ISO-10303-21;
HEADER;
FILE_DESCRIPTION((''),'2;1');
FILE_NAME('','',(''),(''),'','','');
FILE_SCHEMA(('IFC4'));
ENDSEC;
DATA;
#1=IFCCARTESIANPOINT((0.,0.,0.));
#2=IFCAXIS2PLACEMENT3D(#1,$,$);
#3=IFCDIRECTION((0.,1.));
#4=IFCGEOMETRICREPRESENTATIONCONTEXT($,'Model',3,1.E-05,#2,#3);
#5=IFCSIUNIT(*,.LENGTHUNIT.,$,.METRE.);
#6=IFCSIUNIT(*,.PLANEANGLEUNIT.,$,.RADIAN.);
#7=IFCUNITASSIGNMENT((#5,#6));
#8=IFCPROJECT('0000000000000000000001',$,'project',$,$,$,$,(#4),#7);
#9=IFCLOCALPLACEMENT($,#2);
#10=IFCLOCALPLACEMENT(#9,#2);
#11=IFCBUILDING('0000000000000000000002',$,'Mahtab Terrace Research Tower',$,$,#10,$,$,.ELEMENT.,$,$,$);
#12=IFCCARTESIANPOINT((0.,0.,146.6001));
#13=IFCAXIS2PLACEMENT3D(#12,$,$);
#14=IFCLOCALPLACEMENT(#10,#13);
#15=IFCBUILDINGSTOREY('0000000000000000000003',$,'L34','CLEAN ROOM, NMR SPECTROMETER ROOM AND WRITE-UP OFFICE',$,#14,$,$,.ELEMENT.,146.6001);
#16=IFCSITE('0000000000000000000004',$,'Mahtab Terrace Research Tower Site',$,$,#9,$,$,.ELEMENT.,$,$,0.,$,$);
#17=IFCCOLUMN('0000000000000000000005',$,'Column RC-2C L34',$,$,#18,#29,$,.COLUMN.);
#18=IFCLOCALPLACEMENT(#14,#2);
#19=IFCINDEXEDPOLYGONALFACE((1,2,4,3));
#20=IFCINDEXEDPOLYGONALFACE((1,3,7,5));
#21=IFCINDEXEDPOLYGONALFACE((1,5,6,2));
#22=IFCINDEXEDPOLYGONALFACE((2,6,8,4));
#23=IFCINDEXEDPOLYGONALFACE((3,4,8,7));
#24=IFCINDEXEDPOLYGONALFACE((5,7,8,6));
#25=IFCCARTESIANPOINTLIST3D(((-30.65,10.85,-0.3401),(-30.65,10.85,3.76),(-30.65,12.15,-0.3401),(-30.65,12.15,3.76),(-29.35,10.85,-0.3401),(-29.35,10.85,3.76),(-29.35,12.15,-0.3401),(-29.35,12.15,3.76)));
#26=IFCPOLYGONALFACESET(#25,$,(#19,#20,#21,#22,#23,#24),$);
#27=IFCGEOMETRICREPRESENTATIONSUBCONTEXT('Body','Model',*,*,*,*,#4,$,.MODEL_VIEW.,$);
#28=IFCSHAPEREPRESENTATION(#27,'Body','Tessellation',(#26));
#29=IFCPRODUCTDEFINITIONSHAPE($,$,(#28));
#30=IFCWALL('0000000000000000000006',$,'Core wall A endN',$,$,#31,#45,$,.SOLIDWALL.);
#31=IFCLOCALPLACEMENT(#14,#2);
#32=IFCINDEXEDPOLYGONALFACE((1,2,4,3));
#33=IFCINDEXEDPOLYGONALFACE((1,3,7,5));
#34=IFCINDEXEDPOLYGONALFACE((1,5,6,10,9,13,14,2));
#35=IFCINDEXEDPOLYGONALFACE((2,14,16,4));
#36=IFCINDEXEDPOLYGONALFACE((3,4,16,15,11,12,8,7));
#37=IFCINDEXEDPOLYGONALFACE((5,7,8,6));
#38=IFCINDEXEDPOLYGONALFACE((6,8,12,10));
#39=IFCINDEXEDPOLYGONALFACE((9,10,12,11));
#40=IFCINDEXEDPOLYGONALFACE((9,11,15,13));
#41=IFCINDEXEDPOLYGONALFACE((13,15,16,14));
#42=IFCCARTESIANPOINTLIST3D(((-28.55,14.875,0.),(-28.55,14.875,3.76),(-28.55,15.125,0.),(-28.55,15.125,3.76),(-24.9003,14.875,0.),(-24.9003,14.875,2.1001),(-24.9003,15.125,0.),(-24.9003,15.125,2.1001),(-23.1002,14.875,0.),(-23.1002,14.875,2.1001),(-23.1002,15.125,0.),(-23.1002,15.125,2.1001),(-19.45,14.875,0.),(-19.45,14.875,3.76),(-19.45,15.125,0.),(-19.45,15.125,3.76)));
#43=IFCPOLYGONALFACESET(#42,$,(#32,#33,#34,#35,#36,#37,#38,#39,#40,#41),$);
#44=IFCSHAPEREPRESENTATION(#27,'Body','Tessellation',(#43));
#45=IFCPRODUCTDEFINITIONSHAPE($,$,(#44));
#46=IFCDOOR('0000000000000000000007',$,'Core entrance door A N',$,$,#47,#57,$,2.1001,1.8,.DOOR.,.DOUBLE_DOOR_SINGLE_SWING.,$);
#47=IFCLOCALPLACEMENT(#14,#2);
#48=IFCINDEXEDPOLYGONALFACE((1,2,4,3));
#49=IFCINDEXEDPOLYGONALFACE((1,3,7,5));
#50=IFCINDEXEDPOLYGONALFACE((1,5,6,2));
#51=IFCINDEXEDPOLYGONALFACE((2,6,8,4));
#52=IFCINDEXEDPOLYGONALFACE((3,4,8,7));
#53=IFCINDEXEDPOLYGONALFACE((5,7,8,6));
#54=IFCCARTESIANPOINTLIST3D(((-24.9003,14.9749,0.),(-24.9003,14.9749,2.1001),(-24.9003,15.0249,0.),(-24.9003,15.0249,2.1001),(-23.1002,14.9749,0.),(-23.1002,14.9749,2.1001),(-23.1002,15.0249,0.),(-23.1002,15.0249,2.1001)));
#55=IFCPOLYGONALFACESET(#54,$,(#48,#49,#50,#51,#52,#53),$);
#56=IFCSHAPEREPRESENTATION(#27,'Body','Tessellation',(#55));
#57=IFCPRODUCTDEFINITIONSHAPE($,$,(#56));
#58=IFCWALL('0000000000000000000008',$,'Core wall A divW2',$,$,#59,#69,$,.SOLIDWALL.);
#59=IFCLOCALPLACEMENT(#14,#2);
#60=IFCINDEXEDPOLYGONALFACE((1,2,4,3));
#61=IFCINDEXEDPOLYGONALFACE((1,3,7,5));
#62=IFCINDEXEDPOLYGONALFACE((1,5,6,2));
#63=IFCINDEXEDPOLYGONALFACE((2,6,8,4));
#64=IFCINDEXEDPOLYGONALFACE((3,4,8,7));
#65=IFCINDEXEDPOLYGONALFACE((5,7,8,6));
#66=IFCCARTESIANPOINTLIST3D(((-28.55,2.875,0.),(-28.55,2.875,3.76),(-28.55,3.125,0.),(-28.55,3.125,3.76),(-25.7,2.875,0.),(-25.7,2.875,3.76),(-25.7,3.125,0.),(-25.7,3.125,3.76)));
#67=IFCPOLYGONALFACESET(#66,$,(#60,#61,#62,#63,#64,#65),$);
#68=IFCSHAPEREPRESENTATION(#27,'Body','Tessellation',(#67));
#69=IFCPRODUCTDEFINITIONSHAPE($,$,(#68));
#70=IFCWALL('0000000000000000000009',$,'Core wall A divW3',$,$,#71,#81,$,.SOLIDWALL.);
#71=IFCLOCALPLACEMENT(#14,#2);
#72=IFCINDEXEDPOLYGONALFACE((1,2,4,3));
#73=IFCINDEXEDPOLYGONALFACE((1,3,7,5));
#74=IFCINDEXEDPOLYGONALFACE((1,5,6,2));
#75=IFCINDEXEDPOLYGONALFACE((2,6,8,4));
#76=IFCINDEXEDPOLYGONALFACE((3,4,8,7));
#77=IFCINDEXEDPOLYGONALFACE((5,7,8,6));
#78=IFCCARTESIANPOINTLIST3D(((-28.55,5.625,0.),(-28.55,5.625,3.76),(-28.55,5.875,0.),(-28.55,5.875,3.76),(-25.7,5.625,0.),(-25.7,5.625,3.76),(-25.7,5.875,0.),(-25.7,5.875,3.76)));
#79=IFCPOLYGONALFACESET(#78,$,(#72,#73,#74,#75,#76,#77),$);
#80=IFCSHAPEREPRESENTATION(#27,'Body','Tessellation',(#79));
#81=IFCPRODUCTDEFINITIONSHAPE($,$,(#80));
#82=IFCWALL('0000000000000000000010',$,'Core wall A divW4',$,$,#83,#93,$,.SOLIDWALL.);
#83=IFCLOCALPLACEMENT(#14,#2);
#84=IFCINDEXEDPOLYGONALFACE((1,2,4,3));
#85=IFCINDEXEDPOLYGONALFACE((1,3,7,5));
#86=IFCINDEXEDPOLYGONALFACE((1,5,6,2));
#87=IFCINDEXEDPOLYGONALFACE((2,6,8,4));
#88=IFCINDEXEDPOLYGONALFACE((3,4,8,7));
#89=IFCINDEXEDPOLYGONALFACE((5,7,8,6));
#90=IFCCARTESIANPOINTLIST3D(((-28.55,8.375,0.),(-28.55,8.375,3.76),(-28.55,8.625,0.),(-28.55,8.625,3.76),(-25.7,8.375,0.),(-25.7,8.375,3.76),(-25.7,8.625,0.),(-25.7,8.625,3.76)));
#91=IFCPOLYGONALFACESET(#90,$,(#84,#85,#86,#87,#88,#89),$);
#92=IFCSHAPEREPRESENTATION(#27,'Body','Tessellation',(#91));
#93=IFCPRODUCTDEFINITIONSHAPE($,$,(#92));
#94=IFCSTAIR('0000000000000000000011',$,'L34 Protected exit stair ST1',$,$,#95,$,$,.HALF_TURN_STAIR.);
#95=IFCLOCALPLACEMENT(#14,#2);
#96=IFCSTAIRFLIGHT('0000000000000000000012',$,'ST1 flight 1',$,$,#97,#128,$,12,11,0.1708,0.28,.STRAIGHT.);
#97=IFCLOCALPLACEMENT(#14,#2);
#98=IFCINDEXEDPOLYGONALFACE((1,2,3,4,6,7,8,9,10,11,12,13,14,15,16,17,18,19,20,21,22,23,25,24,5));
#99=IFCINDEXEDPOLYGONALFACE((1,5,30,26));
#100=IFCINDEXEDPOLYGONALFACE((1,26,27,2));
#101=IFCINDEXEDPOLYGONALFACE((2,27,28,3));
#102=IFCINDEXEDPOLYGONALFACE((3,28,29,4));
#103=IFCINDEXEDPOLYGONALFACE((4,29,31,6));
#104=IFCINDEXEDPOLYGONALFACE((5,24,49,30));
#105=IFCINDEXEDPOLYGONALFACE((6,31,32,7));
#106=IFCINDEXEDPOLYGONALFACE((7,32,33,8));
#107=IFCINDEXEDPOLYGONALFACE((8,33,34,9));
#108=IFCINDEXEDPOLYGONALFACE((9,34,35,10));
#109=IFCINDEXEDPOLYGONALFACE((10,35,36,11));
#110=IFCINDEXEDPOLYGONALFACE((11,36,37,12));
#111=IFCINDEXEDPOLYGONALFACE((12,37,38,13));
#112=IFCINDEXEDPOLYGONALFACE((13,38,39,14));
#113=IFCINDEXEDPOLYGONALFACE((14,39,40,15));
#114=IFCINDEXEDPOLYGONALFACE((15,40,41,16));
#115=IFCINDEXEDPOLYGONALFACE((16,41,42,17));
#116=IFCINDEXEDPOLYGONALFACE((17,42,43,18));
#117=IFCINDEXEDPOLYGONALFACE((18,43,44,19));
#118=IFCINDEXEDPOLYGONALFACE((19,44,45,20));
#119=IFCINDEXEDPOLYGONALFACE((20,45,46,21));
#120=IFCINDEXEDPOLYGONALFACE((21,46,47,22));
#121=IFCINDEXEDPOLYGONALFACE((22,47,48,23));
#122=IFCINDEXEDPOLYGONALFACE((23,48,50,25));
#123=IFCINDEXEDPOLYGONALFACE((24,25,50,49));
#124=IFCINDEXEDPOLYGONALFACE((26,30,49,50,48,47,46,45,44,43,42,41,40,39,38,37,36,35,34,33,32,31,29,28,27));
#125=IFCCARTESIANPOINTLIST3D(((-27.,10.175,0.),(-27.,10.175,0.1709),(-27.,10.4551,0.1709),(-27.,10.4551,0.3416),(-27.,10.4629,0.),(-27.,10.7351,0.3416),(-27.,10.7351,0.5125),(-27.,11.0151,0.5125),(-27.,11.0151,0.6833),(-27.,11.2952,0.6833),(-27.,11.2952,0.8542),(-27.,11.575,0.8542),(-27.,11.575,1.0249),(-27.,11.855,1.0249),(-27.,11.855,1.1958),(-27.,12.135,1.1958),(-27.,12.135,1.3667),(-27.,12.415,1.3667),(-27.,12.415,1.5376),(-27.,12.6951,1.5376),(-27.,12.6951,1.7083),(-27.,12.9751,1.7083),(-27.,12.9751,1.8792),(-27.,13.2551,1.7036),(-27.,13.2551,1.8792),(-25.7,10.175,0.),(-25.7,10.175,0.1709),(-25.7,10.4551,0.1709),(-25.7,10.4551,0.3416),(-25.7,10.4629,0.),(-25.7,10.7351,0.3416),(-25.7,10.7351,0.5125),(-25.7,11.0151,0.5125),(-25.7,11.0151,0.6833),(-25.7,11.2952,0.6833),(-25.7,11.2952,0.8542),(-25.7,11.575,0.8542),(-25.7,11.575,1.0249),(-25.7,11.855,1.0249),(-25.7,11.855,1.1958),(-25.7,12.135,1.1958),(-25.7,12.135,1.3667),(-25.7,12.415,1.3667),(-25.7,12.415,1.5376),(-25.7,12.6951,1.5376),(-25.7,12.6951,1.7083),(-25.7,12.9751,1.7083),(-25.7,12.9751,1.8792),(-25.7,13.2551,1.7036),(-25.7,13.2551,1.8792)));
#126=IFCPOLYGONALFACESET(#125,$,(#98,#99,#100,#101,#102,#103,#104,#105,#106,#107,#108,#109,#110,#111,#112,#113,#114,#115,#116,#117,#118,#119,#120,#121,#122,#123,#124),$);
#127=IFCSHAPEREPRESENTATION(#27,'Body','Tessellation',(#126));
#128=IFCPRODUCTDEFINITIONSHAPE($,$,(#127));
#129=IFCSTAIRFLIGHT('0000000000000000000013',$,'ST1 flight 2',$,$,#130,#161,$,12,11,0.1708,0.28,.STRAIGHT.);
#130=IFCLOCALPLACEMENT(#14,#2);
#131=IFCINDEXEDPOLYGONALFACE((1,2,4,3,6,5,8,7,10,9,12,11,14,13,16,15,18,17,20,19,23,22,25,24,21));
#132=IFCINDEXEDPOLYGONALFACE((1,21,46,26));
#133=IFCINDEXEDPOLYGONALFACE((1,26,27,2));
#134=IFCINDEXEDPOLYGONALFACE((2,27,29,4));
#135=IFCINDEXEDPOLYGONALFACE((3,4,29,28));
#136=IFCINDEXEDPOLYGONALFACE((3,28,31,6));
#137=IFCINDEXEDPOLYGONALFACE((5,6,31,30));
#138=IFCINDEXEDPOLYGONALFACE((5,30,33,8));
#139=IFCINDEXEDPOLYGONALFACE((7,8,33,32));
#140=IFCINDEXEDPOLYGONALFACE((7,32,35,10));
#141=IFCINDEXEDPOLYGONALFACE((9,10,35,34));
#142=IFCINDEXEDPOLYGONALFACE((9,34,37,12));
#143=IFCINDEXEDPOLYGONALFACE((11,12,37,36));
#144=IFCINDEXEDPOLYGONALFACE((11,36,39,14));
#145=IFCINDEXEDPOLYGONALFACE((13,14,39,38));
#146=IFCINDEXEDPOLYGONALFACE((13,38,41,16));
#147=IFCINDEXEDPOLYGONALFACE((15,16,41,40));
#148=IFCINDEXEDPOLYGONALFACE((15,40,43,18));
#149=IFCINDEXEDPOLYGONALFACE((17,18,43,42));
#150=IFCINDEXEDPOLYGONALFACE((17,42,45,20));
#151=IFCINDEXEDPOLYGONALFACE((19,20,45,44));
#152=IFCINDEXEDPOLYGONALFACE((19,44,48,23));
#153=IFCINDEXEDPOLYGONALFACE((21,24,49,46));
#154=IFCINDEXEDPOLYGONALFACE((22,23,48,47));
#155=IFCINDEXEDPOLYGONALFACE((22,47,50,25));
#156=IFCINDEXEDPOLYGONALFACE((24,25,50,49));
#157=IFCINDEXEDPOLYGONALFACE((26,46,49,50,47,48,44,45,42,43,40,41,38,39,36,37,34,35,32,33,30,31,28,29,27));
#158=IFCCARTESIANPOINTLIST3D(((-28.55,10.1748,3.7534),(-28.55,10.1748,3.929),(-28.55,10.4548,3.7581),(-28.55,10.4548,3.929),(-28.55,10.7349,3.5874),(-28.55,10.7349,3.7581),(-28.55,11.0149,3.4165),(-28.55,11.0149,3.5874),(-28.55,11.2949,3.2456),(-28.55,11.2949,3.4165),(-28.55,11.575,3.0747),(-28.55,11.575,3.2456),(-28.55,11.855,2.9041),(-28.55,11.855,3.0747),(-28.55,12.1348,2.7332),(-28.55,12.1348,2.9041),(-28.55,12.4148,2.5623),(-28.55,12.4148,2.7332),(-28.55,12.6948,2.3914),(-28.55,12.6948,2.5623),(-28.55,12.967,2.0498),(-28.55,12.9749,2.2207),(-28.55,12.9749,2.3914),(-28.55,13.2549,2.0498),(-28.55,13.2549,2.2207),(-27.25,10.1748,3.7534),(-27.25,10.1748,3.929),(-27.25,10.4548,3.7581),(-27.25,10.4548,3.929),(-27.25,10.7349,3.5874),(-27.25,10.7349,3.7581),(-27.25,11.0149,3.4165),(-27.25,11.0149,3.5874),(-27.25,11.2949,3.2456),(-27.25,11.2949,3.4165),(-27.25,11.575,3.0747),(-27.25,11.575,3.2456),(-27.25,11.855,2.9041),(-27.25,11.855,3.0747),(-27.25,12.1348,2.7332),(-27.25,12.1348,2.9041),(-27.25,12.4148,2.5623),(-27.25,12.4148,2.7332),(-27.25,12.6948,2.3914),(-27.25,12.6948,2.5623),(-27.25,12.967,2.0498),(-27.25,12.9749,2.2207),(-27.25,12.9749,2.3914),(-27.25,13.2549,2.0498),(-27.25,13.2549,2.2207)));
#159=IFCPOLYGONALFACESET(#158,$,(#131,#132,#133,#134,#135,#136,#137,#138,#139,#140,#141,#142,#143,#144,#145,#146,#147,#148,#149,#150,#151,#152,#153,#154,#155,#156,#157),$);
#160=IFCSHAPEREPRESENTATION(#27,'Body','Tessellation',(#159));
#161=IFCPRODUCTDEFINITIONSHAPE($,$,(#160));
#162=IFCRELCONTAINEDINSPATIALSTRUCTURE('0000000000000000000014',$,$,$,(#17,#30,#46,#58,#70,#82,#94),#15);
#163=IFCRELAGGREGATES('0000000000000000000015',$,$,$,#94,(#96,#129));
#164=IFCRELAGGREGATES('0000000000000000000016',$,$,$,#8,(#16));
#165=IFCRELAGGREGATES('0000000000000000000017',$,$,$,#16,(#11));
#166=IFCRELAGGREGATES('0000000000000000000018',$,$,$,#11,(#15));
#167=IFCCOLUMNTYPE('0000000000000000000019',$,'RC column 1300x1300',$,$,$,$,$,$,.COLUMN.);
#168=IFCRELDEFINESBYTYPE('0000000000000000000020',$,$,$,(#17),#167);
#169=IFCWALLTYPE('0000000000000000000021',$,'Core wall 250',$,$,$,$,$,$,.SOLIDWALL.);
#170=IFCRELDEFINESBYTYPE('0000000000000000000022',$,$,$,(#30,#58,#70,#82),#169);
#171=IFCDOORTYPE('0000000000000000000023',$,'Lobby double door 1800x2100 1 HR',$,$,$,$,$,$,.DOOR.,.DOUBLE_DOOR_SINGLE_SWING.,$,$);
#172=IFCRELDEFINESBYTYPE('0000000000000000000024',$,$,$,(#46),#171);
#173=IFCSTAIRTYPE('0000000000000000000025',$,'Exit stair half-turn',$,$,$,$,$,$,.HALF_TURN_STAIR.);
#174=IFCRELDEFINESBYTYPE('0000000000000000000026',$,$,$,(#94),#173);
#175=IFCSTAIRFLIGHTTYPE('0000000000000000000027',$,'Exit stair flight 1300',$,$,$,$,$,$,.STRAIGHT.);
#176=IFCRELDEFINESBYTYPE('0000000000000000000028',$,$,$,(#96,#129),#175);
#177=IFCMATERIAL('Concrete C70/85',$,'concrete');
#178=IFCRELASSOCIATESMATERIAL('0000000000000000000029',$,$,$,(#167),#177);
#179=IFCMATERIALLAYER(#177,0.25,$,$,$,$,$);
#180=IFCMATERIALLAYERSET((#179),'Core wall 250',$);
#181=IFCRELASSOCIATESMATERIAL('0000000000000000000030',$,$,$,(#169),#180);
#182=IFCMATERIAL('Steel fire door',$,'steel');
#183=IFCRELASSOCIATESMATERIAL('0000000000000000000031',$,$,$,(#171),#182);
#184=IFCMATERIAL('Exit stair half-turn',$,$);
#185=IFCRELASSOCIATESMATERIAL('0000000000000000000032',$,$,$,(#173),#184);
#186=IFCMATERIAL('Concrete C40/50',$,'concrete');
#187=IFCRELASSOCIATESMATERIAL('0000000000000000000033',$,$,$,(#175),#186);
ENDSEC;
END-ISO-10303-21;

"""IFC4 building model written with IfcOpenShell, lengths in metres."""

from ifc_helpers import new_model, si_unit, direction, frame, frame_2d, origin, origin_2d, place, context, subcontext, project, spatial, polyline, rectangle, outline, extrude, material, layer, layer_set, material_profile, profile_set, type_object, element, fill, aggregate, save


model = new_model("IFC4")

# Units and contexts
model_context = context("Model", 3, precision=1e-05, world=origin(), true_north=direction((0.0, 1.0)))
body_context = subcontext(model_context, "Body", "Model", "MODEL_VIEW")
ifc_project = project(units=[si_unit("LENGTHUNIT", "METRE"), si_unit("PLANEANGLEUNIT", "RADIAN")], contexts=[model_context])

# Site, building, storey
site_placement = place(None, origin())
site = spatial("IfcSite", under=ifc_project, at=site_placement, Name="Mahtab Terrace Research Tower Site", CompositionType="ELEMENT", RefElevation=0.0)
building_placement = place(site_placement, origin())
building = spatial("IfcBuilding", under=site, at=building_placement, Name="Mahtab Terrace Research Tower", CompositionType="ELEMENT")
storey_placement = place(building_placement, frame((0.0, 0.0, 146.6001)))
storey = spatial("IfcBuildingStorey", under=building, at=storey_placement, Name="L34", Description="CLEAN ROOM, NMR SPECTROMETER ROOM AND WRITE-UP OFFICE", CompositionType="ELEMENT", Elevation=146.6001)

# Column
ifc_material_1 = material(Name="Concrete C70/85", Category="concrete")
ifc_material_profile = material_profile(ifc_material_1, rectangle(XDim=1.3, YDim=1.3, at=origin_2d()), Name="RC column 1300x1300")
ifc_profile_set = profile_set([ifc_material_profile], Name="Concrete C70/85")
column_type = type_object("IfcColumnType", Name="RC column 1300x1300", PredefinedType="COLUMN", material=ifc_profile_set)
column_placement = place(storey_placement, frame((-30.0, 11.5, -0.3401), z_axis=(0.0, 0.0, 1.0), x_axis=(1.0, 0.0, 0.0)))
element("IfcColumn", 1, at=column_placement, inside=storey, type_object=column_type, Name="Column RC-2C L34", PredefinedType="COLUMN", context=body_context, shape_type="SweptSolid", body=[
    extrude(rectangle(XDim=1.3, YDim=1.3, at=origin_2d()), origin(), (0.0, 0.0, 1.0), 4.1001),
])

# Wall, opening, door
ifc_layer = layer(ifc_material_1, 0.25)
ifc_layer_set = layer_set([ifc_layer], Name="Core wall 250")
wall_type = type_object("IfcWallType", Name="Core wall 250", PredefinedType="SOLIDWALL", material=ifc_layer_set)
wall_placement = place(storey_placement, frame((-28.55, 15.0, 0.0), z_axis=(0.0, 0.0, 1.0), x_axis=(1.0, 0.0, 0.0)))
wall = element("IfcWall", 2, at=wall_placement, inside=storey, type_object=wall_type, Name="Core wall A endN", PredefinedType="SOLIDWALL", context=body_context, shape_type="SweptSolid", body=[
    extrude(rectangle(XDim=9.1001, YDim=0.25, at=frame_2d((4.55, 0.0))), origin(), (0.0, 0.0, 1.0), 3.76),
])
opening_placement = place(wall_placement, frame((3.6499, 0.0, 0.0)))
opening = element("IfcOpeningElement", 3, at=opening_placement, cuts=wall, PredefinedType="OPENING", context=body_context, shape_type="SweptSolid", body=[
    extrude(rectangle(XDim=1.8, YDim=2.1001, at=frame_2d((0.8999, 1.05))), frame((0.0, 0.135, 0.0), z_axis=(0.0, -1.0, 0.0), x_axis=(1.0, 0.0, 0.0)), (0.0, 0.0, 1.0), 0.27),
])
ifc_material_2 = material(Name="Steel fire door", Category="steel")
door_type = type_object("IfcDoorType", Name="Lobby double door 1800x2100 1 HR", OperationType="DOUBLE_DOOR_SINGLE_SWING", PredefinedType="DOOR", material=ifc_material_2)
door_placement = place(opening_placement, origin())
door = element("IfcDoor", 4, at=door_placement, inside=storey, type_object=door_type, Name="Core entrance door A N", OperationType="DOUBLE_DOOR_SINGLE_SWING", OverallHeight=2.1001, OverallWidth=1.8, PredefinedType="DOOR", context=body_context, shape_type="SweptSolid", body=[
    extrude(rectangle(XDim=1.8, YDim=2.1001, at=frame_2d((0.8999, 1.05))), frame((0.0, 0.0249, 0.0), z_axis=(0.0, -1.0, 0.0), x_axis=(1.0, 0.0, 0.0)), (0.0, 0.0, 1.0), 0.05),
])
fill(opening, door)

# Walls
for number, where, z_axis, x_axis, name in (
    (5, (-28.55, 3.0, 0.0), (0.0, 0.0, 1.0), (1.0, 0.0, 0.0), "Core wall A divW2"),
    (6, (-28.55, 5.75, 0.0), (0.0, 0.0, 1.0), (1.0, 0.0, 0.0), "Core wall A divW3"),
    (7, (-28.55, 8.5, 0.0), (0.0, 0.0, 1.0), (1.0, 0.0, 0.0), "Core wall A divW4"),
):
    element("IfcWall", number, at=place(storey_placement, frame(where, z_axis=z_axis, x_axis=x_axis)), inside=storey, type_object=wall_type, Name=name, PredefinedType="SOLIDWALL", context=body_context, shape_type="SweptSolid", body=[
        extrude(rectangle(XDim=2.8501, YDim=0.25, at=frame_2d((1.425, 0.0))), origin(), (0.0, 0.0, 1.0), 3.76),
    ])

# Stair, stair flights
ifc_material_3 = material(Name="Exit stair half-turn")
stair_type = type_object("IfcStairType", Name="Exit stair half-turn", PredefinedType="HALF_TURN_STAIR", material=ifc_material_3)
stair_placement = place(storey_placement, origin())
stair = element("IfcStair", 8, at=stair_placement, inside=storey, type_object=stair_type, Name="L34 Protected exit stair ST1", PredefinedType="HALF_TURN_STAIR")
ifc_material_4 = material(Name="Concrete C40/50", Category="concrete")
stair_flight_type = type_object("IfcStairFlightType", Name="Exit stair flight 1300", PredefinedType="STRAIGHT", material=ifc_material_4)
stair_flight_1_placement = place(storey_placement, frame((-26.3501, 10.175, 0.0), z_axis=(0.0, 0.0, 1.0), x_axis=(0.0, 1.0, 0.0)))
stair_flight_1 = element("IfcStairFlight", 9, at=stair_flight_1_placement, type_object=stair_flight_type, Name="ST1 flight 1", NumberOfRisers=12, NumberOfTreads=11, PredefinedType="STRAIGHT", RiserHeight=0.1708, TreadLength=0.28, context=body_context, shape_type="SweptSolid", body=[
    extrude(outline(polyline([(0.0, 0.0), (0.0, 0.1709), (0.28, 0.1709), (0.28, 0.3416), (0.5601, 0.3416), (0.5601, 0.5125), (0.8401, 0.5125), (0.8401, 0.6833), (1.1201, 0.6833), (1.1201, 0.8542), (1.3999, 0.8542), (1.3999, 1.0249), (1.6799, 1.0249), (1.6799, 1.1958), (1.96, 1.1958), (1.96, 1.3667), (2.24, 1.3667), (2.24, 1.5376), (2.52, 1.5376), (2.52, 1.7083), (2.8, 1.7083), (2.8, 1.8792), (3.0801, 1.8792), (3.0801, 2.05), (3.0801, 1.7036), (0.2878, 0.0), (0.0, 0.0)])), frame((0.0, 0.6499, 0.0), z_axis=(0.0, -1.0, 0.0), x_axis=(1.0, 0.0, 0.0)), (0.0, 0.0, 1.0), 1.3),
])
stair_flight_2_placement = place(storey_placement, frame((-27.8999, 13.2549, 2.0498), z_axis=(0.0, 0.0, 1.0), x_axis=(0.0, -1.0, 0.0)))
stair_flight_2 = element("IfcStairFlight", 10, at=stair_flight_2_placement, type_object=stair_flight_type, Name="ST1 flight 2", NumberOfRisers=12, NumberOfTreads=11, PredefinedType="STRAIGHT", RiserHeight=0.1708, TreadLength=0.28, context=body_context, shape_type="SweptSolid", body=[
    extrude(outline(polyline([(0.0, 0.0), (0.0, 0.1709), (0.28, 0.1709), (0.28, 0.3416), (0.5601, 0.3416), (0.5601, 0.5125), (0.8401, 0.5125), (0.8401, 0.6833), (1.1201, 0.6833), (1.1201, 0.8542), (1.3999, 0.8542), (1.3999, 1.0249), (1.6799, 1.0249), (1.6799, 1.1958), (1.96, 1.1958), (1.96, 1.3667), (2.24, 1.3667), (2.24, 1.5376), (2.52, 1.5376), (2.52, 1.7083), (2.8, 1.7083), (2.8, 1.8792), (3.0801, 1.8792), (3.0801, 2.05), (3.0801, 1.7036), (0.2878, 0.0), (0.0, 0.0)])), frame((0.0, 0.6499, 0.0), z_axis=(0.0, -1.0, 0.0), x_axis=(1.0, 0.0, 0.0)), (0.0, 0.0, 1.0), 1.3),
])
aggregate(stair, [stair_flight_1, stair_flight_2])

save(model, "model.ifc")
